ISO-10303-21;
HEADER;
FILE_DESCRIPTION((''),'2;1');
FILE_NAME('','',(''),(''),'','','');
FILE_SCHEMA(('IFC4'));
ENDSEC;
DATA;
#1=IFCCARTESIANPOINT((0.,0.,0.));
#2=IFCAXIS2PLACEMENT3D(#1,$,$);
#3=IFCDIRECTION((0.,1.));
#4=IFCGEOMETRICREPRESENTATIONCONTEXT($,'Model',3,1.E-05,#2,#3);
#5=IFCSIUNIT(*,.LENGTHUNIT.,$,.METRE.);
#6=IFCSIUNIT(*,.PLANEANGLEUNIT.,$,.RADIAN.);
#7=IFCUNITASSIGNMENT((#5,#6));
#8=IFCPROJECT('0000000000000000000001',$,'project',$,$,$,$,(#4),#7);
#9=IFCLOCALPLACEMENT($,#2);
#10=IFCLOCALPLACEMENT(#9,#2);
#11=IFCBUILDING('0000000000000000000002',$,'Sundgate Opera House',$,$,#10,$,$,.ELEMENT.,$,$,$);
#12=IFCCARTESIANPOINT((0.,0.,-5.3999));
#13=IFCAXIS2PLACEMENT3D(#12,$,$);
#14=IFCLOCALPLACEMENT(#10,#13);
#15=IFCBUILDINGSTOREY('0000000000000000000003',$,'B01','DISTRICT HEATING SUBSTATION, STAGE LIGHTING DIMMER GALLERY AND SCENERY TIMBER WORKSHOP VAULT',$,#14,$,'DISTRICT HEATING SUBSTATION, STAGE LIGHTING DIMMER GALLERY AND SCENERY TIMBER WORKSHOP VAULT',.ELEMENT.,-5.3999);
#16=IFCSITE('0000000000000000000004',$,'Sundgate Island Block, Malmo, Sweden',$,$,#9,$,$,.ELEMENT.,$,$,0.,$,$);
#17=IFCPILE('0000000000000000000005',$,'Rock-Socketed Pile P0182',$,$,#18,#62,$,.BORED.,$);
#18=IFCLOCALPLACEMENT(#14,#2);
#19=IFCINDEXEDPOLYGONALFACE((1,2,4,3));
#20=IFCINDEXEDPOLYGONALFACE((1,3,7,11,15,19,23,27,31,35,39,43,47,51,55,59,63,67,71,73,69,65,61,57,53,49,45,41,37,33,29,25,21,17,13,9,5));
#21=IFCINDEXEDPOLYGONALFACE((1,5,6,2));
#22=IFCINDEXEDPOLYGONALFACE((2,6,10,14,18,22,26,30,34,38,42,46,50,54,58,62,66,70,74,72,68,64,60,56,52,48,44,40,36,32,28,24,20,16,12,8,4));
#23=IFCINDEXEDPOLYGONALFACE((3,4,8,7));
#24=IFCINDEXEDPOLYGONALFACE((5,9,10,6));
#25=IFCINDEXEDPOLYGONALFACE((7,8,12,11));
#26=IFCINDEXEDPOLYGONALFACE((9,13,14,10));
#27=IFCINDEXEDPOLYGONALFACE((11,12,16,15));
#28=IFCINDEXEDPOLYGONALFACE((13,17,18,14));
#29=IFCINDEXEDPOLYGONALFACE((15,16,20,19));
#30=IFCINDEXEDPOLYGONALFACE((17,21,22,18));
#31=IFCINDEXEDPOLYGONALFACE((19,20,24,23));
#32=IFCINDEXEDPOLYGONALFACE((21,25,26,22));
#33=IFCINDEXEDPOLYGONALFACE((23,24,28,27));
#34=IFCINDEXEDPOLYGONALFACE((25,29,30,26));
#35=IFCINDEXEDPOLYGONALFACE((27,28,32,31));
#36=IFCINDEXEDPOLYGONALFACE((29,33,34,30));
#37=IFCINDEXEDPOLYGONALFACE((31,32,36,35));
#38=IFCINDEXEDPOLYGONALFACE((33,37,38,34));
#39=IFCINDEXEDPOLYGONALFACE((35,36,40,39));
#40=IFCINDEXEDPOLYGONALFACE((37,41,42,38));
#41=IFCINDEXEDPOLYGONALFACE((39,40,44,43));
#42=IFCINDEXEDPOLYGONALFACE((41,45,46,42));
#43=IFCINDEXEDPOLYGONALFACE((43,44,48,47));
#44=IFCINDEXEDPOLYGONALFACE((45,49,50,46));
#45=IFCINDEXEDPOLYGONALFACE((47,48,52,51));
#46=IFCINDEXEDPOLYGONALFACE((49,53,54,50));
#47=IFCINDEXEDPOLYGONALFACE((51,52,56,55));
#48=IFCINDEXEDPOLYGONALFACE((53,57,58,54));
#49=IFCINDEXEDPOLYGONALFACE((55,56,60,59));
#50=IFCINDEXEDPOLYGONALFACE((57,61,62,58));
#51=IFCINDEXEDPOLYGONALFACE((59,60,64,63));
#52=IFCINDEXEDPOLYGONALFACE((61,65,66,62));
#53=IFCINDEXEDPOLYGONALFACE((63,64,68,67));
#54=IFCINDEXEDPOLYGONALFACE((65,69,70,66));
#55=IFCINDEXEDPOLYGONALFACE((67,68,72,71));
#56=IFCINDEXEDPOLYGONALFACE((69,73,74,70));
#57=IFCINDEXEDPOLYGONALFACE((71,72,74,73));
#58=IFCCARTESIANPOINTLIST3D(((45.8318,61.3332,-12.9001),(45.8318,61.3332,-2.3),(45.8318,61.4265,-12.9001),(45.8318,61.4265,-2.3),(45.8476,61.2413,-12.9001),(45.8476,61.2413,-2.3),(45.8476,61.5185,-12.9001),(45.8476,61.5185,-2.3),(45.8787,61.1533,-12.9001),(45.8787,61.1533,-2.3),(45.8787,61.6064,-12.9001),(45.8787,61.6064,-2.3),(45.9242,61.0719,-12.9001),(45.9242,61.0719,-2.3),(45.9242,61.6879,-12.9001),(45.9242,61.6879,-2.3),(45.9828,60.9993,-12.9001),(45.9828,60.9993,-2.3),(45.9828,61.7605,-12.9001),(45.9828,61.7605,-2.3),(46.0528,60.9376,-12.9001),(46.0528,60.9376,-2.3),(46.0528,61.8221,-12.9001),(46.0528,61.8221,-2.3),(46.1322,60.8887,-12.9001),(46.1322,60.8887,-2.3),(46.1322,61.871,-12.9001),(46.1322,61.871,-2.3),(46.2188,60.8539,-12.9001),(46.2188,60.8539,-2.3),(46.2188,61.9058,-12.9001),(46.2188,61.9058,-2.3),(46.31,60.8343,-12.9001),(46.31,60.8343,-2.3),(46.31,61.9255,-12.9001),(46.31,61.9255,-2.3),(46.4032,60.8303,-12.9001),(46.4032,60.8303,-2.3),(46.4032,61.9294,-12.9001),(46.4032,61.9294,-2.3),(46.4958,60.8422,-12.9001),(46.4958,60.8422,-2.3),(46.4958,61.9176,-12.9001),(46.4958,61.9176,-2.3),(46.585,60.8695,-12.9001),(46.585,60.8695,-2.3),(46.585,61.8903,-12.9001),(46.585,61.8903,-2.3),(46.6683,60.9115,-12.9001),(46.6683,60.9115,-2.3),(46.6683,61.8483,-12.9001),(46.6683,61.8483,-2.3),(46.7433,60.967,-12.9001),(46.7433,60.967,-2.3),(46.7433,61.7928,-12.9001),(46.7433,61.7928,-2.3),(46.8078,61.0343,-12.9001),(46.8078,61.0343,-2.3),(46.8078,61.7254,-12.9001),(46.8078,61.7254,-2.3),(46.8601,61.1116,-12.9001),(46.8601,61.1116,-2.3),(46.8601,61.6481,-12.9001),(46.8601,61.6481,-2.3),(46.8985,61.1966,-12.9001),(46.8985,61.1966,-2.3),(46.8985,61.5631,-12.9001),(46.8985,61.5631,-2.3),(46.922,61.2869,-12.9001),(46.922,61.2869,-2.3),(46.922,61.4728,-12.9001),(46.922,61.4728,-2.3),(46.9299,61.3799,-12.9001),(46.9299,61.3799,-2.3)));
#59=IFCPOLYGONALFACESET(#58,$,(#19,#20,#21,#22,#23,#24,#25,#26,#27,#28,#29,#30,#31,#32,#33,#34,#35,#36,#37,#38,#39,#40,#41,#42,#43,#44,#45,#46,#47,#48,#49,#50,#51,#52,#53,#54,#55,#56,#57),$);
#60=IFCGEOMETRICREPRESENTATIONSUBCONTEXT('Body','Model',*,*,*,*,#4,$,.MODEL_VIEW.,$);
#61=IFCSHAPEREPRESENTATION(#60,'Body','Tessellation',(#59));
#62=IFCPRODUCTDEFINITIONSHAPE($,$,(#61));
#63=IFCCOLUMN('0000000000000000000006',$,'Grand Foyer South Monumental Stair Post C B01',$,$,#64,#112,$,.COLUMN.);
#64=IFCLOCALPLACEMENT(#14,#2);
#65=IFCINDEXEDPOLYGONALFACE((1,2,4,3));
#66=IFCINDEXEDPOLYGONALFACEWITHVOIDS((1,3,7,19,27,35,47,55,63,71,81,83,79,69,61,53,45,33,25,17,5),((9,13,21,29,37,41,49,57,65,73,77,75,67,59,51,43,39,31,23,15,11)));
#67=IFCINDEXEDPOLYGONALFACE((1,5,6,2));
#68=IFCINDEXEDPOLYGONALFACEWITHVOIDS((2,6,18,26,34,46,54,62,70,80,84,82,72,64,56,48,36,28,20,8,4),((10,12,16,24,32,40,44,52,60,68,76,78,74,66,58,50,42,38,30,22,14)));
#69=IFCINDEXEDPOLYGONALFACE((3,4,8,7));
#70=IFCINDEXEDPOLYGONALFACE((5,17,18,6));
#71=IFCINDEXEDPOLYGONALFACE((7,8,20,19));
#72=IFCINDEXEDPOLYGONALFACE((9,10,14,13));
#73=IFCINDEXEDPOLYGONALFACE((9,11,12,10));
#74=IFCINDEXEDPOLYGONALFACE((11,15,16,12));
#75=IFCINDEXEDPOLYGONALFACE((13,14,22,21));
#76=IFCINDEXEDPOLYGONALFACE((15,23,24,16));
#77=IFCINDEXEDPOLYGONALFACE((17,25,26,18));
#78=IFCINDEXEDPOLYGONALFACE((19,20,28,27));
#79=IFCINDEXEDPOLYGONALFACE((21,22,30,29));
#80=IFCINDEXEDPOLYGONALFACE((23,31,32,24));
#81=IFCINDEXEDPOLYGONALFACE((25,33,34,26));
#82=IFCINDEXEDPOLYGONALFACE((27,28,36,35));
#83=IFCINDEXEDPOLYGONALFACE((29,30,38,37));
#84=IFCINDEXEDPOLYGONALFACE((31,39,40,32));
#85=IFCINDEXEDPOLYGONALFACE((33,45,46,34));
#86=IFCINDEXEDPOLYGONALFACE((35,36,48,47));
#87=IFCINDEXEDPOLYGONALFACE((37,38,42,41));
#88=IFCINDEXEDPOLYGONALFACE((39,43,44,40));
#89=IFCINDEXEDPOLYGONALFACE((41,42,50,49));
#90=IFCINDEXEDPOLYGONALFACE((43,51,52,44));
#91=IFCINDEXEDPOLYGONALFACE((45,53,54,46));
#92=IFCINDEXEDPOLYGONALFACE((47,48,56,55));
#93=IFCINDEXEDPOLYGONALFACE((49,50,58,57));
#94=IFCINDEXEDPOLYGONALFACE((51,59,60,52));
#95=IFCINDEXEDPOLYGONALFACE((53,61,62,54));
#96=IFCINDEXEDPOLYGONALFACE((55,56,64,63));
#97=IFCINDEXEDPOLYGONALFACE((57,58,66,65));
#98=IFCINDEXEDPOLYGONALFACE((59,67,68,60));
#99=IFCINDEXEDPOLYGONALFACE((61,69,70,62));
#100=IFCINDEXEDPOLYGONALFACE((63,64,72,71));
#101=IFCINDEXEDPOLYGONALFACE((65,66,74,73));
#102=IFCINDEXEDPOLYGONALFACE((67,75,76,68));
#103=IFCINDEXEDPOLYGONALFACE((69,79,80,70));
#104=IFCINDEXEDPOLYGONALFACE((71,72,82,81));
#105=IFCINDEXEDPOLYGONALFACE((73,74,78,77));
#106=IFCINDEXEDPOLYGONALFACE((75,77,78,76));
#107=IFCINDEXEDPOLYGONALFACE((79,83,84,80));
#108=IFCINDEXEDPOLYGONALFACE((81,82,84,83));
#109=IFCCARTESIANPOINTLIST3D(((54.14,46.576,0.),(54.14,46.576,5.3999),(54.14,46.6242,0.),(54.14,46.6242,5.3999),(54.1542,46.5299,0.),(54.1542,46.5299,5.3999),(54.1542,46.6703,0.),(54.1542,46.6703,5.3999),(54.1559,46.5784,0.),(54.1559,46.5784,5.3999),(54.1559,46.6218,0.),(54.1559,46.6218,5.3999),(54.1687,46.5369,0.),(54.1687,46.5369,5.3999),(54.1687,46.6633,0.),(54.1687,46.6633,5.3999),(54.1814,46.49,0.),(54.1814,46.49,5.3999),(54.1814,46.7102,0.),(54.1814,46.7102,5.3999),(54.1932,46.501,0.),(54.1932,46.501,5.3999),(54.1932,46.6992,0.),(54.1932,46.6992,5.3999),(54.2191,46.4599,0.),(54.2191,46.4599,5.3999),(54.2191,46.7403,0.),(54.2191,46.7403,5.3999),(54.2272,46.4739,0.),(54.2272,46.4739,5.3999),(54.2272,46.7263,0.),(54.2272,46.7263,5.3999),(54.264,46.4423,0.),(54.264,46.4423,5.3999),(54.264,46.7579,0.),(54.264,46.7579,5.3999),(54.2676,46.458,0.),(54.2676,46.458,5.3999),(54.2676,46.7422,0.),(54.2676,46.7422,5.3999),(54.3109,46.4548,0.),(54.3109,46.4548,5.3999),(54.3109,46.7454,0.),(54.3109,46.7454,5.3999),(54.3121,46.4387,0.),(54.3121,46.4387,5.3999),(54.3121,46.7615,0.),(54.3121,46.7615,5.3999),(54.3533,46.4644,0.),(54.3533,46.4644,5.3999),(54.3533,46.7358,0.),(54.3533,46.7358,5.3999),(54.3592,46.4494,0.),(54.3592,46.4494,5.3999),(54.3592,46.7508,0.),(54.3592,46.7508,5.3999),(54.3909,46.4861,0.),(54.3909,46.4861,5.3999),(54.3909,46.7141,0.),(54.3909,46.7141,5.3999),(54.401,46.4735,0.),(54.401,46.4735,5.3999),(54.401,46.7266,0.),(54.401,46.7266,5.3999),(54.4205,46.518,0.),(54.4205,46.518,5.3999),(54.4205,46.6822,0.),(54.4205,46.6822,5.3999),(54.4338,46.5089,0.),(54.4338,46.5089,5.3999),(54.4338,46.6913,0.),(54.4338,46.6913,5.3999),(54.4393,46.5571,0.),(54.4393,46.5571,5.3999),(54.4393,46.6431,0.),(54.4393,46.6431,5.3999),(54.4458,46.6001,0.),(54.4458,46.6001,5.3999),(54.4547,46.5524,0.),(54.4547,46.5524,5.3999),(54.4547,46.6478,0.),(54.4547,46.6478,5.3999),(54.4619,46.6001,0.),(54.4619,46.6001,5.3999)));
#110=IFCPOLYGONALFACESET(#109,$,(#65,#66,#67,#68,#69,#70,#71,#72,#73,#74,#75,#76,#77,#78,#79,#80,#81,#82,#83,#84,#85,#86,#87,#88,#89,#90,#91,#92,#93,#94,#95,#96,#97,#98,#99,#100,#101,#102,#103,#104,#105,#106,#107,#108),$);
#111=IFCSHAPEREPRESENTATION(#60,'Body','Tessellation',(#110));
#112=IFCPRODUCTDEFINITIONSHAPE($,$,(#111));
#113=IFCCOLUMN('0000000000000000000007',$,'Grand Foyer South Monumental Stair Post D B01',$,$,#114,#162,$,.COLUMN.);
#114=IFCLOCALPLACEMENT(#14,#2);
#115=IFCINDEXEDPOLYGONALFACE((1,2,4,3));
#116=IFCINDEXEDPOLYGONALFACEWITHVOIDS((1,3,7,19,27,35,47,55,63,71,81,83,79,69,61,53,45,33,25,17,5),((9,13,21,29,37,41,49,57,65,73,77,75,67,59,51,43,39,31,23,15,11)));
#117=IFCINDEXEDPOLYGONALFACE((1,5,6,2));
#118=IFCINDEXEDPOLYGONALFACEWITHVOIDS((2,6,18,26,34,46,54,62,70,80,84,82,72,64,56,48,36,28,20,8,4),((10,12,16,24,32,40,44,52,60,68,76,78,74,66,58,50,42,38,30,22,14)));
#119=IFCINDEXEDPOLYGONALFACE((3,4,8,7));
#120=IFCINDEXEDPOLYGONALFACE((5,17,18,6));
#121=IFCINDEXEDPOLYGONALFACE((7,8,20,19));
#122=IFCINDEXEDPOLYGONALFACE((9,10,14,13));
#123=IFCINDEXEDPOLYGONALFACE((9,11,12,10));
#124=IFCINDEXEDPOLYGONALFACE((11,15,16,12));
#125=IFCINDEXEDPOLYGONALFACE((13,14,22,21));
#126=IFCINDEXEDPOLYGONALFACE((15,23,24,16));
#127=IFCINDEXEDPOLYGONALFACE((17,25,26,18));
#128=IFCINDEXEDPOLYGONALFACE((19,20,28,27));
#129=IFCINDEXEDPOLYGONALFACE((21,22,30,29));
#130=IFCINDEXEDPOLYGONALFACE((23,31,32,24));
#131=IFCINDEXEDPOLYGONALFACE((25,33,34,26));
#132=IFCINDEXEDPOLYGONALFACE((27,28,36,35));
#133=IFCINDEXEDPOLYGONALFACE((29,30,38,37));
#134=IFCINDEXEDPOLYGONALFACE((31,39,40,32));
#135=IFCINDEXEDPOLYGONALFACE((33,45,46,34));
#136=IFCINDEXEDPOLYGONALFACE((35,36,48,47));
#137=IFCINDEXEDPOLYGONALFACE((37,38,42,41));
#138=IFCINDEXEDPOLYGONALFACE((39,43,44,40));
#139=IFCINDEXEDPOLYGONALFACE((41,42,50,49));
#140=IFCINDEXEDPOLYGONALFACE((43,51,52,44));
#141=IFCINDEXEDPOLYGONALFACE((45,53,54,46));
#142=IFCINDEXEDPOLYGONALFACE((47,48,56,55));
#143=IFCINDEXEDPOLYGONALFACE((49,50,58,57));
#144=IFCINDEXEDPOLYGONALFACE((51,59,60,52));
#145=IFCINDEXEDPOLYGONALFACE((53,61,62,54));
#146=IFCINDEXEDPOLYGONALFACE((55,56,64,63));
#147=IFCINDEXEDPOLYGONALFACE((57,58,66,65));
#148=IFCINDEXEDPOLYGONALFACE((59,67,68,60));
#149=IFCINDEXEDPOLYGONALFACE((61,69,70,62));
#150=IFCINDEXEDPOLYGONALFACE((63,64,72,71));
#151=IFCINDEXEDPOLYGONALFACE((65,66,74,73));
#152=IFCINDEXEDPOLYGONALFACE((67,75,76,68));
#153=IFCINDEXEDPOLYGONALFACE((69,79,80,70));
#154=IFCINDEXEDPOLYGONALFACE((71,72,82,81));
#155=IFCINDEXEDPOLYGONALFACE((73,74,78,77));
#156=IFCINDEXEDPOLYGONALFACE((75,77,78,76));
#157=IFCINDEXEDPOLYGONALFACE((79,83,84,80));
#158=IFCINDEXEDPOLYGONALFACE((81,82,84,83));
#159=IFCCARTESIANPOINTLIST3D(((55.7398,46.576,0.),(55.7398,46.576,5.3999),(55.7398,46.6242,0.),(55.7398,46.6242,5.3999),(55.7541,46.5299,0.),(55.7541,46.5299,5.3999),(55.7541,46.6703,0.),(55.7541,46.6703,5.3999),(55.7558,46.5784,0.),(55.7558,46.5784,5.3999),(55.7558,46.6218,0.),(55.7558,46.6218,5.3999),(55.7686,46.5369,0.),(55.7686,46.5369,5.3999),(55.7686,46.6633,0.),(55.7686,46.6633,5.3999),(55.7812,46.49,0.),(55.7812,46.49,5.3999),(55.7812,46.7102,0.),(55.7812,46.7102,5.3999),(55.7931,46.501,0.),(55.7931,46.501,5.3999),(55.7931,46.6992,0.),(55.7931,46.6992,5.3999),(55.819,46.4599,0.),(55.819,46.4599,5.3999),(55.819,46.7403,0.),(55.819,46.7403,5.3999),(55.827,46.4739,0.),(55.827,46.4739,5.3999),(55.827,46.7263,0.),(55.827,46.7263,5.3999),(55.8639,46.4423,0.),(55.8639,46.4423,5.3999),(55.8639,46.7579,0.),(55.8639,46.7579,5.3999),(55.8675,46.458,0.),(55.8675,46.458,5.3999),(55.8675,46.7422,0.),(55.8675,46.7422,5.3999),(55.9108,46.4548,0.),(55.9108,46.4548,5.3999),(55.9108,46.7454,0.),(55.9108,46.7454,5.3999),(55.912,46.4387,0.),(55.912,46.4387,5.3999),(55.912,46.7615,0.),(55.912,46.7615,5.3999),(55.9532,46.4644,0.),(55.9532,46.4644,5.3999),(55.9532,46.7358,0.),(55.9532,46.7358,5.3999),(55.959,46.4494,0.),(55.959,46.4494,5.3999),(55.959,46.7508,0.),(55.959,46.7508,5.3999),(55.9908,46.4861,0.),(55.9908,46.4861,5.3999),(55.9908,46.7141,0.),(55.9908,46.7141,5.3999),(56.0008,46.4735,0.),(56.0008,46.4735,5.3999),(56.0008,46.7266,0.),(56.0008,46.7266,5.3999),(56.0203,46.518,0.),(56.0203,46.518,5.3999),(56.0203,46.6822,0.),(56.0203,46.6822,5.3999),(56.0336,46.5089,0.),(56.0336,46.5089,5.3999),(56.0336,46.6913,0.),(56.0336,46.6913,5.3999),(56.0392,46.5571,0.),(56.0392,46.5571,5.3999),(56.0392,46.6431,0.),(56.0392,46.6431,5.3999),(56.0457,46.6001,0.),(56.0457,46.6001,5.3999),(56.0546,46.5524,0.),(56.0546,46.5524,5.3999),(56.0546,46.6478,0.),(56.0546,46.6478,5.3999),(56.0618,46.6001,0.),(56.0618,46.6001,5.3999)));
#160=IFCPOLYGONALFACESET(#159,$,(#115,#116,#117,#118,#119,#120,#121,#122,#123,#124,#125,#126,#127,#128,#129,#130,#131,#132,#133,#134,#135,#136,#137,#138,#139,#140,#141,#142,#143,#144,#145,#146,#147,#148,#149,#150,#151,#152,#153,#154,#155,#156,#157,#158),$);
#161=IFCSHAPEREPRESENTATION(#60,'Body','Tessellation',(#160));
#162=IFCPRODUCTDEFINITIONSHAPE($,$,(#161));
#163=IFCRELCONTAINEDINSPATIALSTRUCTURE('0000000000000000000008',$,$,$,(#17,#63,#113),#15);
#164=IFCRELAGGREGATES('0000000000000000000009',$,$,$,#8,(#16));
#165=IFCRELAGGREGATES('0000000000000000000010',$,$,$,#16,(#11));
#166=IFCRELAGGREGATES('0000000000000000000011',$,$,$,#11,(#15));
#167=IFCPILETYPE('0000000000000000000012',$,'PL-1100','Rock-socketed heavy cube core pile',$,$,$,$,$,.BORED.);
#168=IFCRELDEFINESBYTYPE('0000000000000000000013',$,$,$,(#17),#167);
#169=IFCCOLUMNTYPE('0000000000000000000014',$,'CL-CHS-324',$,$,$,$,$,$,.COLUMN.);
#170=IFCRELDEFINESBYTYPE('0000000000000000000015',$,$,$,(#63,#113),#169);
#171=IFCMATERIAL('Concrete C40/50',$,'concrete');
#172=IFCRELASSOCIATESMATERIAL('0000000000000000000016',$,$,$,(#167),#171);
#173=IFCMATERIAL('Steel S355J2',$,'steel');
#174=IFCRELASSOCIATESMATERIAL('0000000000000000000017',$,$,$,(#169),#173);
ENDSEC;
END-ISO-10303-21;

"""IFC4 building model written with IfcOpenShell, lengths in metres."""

from ifc_helpers import new_model, si_unit, direction, frame, origin, origin_2d, place, context, subcontext, project, spatial, circle, hollow_circle, extrude, material, material_profile, profile_set, type_object, element, save


model = new_model("IFC4")

# Units and contexts
model_context = context("Model", 3, precision=1e-05, world=origin(), true_north=direction((0.0, 1.0)))
body_context = subcontext(model_context, "Body", "Model", "MODEL_VIEW")
ifc_project = project(units=[si_unit("LENGTHUNIT", "METRE"), si_unit("PLANEANGLEUNIT", "RADIAN")], contexts=[model_context])

# Site, building, storey
site_placement = place(None, origin())
site = spatial("IfcSite", under=ifc_project, at=site_placement, Name="Sundgate Island Block, Malmo, Sweden", CompositionType="ELEMENT", RefElevation=0.0)
building_placement = place(site_placement, origin())
building = spatial("IfcBuilding", under=site, at=building_placement, Name="Sundgate Opera House", CompositionType="ELEMENT")
storey_placement = place(building_placement, frame((0.0, 0.0, -5.3999)))
storey = spatial("IfcBuildingStorey", under=building, at=storey_placement, Name="B01", Description="DISTRICT HEATING SUBSTATION, STAGE LIGHTING DIMMER GALLERY AND SCENERY TIMBER WORKSHOP VAULT", LongName="DISTRICT HEATING SUBSTATION, STAGE LIGHTING DIMMER GALLERY AND SCENERY TIMBER WORKSHOP VAULT", CompositionType="ELEMENT", Elevation=-5.3999)

# Pile
ifc_material_1 = material(Name="Concrete C40/50", Category="concrete")
ifc_material_profile_1 = material_profile(ifc_material_1, circle(Radius=0.55, at=origin_2d()), Name="PILE D1100")
ifc_profile_set_1 = profile_set([ifc_material_profile_1], Name="Concrete C40/50")
pile_type_1 = type_object("IfcPileType", Name="PL-1100", Description="Rock-socketed heavy cube core pile", PredefinedType="BORED", material=ifc_profile_set_1)
for number, where, z_axis, x_axis, name in (
    (1, (46.3799, 61.3799, -2.3), (0.0, 0.0, -1.0), (1.0, 0.0, 0.0), "Rock-Socketed Pile P0182"),
):
    element("IfcPile", number, at=place(storey_placement, frame(where, z_axis=z_axis, x_axis=x_axis)), inside=storey, type_object=pile_type_1, Name=name, PredefinedType="BORED", context=body_context, shape_type="SweptSolid", body=[
        extrude(circle(Radius=0.55, at=origin_2d()), origin(), (0.0, 0.0, 1.0), 10.6001),
    ])

# Columns
ifc_material_2 = material(Name="Steel S355J2", Category="steel")
ifc_material_profile_2 = material_profile(ifc_material_2, hollow_circle(Radius=0.1619, WallThickness=0.0161, at=origin_2d()), Name="CHS 323.9x16.0")
ifc_profile_set_2 = profile_set([ifc_material_profile_2], Name="Steel S355J2")
column_type_1 = type_object("IfcColumnType", Name="CL-CHS-324", PredefinedType="COLUMN", material=ifc_profile_set_2)
for number, where, z_axis, x_axis, name in (
    (2, (54.3, 46.6001, 0.0), (0.0, 0.0, 1.0), (1.0, 0.0, 0.0), "Grand Foyer South Monumental Stair Post C B01"),
    (3, (55.8999, 46.6001, 0.0), (0.0, 0.0, 1.0), (1.0, 0.0, 0.0), "Grand Foyer South Monumental Stair Post D B01"),
):
    element("IfcColumn", number, at=place(storey_placement, frame(where, z_axis=z_axis, x_axis=x_axis)), inside=storey, type_object=column_type_1, Name=name, PredefinedType="COLUMN", context=body_context, shape_type="SweptSolid", body=[
        extrude(hollow_circle(Radius=0.1619, WallThickness=0.0161, at=origin_2d()), origin(), (0.0, 0.0, 1.0), 5.3999),
    ])

save(model, "model.ifc")
